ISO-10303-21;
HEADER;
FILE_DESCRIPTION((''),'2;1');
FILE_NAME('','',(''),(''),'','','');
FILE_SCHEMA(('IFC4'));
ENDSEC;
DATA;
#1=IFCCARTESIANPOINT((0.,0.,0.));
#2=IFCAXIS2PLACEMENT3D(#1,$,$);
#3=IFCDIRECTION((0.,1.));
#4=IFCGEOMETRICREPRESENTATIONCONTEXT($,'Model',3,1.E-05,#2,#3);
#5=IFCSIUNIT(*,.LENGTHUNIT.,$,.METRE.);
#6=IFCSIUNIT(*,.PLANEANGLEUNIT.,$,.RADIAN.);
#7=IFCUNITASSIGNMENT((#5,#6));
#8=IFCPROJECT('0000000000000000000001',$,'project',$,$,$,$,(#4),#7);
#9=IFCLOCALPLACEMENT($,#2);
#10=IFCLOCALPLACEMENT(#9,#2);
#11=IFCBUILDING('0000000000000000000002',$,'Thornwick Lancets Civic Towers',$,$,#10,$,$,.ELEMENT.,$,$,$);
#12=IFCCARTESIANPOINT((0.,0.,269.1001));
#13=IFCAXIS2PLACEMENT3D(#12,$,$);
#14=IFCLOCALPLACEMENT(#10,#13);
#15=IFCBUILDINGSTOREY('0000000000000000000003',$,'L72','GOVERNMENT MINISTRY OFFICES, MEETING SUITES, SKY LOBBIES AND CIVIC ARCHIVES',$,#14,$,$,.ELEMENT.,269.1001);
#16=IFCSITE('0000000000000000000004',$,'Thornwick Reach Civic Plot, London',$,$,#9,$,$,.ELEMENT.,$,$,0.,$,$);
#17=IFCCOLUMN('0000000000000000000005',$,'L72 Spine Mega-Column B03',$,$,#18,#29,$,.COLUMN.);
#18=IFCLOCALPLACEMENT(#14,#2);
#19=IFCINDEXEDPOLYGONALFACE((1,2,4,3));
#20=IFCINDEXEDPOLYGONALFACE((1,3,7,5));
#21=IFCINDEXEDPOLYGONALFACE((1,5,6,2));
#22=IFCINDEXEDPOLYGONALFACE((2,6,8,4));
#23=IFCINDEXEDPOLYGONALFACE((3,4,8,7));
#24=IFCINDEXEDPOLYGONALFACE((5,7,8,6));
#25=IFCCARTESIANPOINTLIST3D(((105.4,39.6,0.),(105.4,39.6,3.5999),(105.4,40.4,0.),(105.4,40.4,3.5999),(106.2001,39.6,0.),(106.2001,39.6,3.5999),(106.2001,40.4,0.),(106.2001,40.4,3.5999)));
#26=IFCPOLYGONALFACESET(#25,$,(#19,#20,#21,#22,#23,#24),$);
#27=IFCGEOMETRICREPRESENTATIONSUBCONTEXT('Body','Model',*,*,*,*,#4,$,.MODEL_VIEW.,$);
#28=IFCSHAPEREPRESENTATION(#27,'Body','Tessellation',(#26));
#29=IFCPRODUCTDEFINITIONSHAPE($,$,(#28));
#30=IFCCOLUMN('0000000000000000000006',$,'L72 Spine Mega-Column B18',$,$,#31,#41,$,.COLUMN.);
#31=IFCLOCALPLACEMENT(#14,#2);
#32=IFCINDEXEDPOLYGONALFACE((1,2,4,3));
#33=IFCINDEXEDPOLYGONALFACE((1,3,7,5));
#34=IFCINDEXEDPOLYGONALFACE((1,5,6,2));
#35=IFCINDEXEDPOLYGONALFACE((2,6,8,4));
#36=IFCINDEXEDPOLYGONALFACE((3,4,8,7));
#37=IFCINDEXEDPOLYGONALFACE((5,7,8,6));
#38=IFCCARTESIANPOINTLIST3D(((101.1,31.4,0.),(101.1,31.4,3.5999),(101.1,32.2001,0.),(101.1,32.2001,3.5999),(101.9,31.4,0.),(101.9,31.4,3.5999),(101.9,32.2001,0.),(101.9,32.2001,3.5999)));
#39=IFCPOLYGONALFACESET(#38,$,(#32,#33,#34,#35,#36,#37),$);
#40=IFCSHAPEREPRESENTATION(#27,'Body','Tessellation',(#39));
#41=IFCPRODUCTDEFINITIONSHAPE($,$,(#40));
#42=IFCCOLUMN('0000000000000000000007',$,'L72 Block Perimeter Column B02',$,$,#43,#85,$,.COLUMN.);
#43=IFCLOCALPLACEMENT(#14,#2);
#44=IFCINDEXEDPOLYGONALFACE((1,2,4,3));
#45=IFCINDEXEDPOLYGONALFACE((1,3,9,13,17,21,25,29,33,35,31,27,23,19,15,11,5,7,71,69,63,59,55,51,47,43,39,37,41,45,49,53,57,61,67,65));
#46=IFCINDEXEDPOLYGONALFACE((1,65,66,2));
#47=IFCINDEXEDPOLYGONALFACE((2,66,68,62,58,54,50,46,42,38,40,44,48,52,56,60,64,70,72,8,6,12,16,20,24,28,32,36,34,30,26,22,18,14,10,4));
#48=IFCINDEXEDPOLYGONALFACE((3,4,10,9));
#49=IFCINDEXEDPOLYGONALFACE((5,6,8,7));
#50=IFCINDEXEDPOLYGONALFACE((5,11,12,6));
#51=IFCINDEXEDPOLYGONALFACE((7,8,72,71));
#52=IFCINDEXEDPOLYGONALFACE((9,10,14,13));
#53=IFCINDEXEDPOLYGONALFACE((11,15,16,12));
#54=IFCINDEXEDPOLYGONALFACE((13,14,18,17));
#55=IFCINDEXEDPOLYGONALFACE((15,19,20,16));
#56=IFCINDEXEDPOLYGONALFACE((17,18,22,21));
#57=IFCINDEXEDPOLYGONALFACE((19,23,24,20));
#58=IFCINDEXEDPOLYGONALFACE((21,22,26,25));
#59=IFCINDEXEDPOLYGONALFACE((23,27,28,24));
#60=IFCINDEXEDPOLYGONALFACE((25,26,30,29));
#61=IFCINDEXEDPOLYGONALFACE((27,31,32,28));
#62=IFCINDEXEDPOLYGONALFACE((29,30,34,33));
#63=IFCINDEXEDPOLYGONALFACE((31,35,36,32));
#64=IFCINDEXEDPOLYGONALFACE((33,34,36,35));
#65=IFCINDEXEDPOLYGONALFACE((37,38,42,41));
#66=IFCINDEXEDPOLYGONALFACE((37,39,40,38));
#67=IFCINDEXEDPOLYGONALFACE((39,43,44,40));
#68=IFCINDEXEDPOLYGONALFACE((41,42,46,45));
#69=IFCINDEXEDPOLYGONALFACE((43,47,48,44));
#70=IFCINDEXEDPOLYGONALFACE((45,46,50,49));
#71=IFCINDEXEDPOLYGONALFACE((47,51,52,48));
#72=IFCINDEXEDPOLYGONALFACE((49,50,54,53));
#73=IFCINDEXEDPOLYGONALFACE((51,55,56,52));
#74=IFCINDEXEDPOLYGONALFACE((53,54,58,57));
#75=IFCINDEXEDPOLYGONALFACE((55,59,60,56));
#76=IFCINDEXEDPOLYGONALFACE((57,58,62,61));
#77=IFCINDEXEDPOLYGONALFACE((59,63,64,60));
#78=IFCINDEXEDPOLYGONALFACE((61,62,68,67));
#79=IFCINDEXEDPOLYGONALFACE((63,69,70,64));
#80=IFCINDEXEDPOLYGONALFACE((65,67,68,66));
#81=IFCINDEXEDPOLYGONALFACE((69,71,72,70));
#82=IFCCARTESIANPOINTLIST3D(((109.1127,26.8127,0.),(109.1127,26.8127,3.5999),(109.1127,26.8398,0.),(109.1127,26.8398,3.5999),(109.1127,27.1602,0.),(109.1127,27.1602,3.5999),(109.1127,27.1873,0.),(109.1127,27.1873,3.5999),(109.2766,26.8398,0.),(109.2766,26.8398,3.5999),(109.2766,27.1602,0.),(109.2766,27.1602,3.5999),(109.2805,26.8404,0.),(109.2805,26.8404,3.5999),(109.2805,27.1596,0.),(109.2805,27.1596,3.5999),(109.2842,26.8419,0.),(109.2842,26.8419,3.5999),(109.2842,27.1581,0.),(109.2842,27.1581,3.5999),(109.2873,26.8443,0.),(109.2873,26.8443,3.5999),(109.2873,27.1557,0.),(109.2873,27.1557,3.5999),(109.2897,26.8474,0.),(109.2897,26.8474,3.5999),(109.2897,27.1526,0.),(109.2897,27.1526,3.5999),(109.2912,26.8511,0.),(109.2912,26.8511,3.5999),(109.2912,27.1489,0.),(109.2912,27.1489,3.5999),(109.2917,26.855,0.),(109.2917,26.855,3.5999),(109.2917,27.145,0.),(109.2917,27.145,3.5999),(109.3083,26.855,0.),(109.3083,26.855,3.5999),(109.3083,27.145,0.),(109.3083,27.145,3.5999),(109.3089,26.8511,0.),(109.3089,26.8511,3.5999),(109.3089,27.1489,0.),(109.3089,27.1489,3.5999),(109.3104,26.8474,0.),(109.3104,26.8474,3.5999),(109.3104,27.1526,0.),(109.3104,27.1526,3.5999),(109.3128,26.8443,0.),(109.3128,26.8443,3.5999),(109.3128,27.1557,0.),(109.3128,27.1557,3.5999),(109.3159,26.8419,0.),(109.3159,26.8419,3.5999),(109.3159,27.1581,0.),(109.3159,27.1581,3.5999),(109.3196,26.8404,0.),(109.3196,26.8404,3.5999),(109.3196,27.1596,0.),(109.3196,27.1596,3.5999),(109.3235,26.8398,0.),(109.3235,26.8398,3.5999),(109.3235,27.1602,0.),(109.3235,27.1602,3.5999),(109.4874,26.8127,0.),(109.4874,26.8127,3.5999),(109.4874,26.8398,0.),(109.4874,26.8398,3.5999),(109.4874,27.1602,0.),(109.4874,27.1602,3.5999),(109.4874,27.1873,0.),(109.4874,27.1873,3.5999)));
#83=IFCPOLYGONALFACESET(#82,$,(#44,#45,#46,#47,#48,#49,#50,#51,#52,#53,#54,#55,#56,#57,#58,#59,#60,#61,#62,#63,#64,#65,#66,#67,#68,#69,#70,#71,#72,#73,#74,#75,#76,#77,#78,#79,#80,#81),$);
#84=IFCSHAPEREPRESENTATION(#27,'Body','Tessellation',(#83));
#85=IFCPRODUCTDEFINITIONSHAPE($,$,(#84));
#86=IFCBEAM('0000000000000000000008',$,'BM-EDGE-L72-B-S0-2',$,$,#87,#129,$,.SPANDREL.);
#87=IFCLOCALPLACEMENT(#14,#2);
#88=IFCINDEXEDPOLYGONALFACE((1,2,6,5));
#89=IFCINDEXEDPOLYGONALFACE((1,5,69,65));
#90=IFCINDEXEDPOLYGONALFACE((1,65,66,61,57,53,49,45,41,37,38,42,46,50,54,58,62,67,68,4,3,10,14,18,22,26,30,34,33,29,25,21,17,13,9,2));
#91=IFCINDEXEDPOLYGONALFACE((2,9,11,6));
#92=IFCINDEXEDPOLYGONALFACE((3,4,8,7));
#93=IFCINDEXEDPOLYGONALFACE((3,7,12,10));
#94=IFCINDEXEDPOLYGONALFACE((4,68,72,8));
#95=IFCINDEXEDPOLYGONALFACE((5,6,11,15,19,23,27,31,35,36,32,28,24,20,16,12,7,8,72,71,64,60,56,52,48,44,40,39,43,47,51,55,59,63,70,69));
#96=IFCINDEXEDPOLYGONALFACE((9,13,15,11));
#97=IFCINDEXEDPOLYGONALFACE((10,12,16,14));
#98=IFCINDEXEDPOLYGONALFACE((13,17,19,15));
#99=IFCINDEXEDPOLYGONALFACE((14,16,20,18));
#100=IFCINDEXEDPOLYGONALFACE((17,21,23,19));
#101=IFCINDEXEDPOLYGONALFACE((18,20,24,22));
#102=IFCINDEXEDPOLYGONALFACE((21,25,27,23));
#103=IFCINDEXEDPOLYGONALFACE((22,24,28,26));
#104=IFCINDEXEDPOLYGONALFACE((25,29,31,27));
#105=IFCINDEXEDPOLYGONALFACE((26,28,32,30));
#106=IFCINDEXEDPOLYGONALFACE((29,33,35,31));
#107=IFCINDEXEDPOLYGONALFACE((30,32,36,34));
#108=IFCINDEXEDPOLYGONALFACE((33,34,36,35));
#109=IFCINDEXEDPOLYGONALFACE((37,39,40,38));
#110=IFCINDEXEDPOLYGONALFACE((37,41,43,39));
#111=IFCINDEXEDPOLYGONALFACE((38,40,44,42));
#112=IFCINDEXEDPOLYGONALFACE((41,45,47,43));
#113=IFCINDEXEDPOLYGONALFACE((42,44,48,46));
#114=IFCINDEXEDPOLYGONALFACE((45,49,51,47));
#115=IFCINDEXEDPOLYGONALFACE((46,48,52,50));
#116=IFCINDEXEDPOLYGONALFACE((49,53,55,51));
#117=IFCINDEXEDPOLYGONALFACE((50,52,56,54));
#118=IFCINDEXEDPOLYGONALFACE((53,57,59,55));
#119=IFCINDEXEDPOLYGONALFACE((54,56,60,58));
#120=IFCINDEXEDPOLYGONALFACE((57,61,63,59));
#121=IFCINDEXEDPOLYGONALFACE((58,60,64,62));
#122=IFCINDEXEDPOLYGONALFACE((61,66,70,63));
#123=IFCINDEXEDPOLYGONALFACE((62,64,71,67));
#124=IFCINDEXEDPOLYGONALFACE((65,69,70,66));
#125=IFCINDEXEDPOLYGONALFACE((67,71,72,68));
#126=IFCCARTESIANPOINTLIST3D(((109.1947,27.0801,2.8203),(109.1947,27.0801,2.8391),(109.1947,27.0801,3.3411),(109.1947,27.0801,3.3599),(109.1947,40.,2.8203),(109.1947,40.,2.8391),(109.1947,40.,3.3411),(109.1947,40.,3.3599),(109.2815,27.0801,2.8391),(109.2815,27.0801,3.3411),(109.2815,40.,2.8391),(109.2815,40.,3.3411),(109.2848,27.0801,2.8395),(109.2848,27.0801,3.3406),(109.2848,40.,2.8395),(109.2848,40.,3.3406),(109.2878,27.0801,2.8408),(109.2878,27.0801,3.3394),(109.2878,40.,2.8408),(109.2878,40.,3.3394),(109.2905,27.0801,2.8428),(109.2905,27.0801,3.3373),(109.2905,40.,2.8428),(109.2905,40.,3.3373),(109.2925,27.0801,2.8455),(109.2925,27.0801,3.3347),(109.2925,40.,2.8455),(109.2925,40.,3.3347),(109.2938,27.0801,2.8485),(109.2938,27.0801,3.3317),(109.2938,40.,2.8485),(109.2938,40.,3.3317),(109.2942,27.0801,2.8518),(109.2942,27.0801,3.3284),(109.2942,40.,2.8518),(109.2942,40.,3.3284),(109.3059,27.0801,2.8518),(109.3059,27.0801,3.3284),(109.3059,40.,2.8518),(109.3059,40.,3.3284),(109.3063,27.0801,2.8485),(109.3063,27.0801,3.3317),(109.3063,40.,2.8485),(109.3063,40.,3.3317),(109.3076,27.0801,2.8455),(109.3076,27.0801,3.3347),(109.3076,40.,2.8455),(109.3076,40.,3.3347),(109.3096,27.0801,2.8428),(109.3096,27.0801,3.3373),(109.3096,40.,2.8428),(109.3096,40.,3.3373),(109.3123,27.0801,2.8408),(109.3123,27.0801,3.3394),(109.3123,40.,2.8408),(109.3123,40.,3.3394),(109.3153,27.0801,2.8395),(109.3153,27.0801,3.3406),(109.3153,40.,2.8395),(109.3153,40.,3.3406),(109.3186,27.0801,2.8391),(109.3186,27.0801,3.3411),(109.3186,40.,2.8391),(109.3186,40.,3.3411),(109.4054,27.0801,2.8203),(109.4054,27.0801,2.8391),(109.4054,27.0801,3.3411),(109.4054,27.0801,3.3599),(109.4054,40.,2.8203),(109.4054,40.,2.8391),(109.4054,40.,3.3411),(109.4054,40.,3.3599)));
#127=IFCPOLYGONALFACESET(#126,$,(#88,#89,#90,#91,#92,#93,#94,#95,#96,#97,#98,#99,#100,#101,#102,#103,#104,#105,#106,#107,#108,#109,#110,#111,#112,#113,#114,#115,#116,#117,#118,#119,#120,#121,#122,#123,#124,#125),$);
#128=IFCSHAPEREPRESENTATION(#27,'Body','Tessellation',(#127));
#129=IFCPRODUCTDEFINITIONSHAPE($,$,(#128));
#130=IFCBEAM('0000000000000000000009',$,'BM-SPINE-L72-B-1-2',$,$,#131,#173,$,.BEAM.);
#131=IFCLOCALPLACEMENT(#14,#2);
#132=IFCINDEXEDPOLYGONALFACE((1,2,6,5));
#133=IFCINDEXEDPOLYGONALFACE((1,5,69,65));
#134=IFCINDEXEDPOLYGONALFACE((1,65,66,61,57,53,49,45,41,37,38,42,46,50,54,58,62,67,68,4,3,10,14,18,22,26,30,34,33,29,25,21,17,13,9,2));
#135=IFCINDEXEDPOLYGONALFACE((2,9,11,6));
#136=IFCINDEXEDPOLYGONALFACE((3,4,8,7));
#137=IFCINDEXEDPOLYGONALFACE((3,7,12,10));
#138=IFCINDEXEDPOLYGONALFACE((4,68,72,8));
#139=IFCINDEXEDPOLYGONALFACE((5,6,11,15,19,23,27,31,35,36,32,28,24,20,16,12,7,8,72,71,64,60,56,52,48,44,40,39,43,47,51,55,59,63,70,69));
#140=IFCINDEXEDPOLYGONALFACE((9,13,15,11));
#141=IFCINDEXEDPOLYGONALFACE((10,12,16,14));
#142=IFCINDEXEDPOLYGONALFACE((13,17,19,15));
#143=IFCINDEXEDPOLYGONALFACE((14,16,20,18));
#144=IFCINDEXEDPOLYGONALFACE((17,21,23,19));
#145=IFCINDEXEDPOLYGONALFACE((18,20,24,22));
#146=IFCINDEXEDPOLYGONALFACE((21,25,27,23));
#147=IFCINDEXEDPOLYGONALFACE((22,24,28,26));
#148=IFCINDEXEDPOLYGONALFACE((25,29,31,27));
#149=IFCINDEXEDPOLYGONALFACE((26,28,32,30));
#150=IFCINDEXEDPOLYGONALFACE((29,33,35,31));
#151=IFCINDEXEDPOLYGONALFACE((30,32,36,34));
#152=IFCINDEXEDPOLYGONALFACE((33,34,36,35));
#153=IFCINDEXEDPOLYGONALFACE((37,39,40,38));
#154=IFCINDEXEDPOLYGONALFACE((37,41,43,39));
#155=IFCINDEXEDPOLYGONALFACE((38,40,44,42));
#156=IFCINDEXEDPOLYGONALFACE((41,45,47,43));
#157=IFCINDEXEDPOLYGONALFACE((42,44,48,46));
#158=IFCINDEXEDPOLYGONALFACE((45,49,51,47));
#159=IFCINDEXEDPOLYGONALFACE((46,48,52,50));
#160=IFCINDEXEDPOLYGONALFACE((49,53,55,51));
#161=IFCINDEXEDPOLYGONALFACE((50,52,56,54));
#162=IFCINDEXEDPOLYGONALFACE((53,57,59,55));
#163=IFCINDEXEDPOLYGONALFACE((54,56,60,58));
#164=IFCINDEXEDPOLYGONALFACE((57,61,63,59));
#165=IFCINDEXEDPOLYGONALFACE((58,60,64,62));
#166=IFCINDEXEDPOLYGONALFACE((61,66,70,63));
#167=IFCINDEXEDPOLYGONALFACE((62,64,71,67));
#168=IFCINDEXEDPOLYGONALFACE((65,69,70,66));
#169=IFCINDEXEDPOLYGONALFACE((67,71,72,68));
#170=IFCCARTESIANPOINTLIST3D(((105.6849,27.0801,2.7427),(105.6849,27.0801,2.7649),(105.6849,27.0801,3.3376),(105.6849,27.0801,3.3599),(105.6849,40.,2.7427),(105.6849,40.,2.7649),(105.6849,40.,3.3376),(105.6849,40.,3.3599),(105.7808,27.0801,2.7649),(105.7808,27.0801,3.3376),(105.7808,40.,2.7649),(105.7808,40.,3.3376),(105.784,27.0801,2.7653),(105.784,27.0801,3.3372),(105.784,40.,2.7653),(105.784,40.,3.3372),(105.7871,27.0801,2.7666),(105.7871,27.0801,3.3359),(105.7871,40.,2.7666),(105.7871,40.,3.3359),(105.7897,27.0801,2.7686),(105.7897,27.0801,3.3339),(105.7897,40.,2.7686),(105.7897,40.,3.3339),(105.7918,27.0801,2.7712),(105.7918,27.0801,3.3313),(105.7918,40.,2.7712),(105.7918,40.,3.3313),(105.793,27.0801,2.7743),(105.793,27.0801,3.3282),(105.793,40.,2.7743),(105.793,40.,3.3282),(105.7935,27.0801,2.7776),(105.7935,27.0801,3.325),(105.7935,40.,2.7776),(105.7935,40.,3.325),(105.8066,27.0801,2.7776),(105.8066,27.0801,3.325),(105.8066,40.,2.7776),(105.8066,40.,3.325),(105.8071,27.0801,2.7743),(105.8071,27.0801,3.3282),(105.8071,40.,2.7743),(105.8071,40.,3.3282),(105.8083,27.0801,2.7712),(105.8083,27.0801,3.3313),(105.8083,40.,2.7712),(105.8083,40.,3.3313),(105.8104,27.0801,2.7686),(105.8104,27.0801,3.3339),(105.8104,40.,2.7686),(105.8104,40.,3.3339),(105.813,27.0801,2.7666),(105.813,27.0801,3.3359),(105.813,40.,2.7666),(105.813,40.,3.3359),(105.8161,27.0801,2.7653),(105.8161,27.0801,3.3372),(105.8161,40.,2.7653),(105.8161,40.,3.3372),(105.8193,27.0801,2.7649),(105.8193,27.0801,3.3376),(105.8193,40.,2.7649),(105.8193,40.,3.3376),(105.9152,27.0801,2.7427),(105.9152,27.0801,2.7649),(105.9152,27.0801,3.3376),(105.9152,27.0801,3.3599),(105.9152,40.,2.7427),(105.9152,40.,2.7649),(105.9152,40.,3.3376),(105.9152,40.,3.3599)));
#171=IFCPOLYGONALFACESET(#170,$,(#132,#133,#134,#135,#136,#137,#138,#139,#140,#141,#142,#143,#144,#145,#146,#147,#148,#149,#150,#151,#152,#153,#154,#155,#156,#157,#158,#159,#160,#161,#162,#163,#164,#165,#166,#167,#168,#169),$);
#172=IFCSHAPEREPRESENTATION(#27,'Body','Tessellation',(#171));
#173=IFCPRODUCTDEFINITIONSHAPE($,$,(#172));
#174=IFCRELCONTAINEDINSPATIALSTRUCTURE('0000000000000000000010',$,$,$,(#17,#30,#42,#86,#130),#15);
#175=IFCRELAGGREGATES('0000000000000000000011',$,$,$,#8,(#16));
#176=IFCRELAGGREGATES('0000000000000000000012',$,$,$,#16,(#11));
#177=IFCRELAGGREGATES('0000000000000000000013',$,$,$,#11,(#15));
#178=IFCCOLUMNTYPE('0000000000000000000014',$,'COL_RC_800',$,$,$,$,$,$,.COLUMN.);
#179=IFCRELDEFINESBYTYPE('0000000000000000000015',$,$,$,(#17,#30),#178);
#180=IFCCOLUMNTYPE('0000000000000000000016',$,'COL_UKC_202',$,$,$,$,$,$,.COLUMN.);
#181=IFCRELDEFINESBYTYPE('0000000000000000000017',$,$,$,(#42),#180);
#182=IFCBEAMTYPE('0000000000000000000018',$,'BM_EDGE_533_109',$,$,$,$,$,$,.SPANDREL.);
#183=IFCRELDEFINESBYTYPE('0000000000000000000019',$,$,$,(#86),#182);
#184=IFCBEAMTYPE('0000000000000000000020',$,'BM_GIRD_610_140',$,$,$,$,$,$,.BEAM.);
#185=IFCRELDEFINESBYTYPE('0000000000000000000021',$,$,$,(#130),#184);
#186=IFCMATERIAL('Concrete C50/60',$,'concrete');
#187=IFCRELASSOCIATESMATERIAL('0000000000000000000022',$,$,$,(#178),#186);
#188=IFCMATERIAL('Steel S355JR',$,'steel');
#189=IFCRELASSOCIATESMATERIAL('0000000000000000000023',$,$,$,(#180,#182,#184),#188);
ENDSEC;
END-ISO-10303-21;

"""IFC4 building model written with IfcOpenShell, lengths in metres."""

from ifc_helpers import new_model, si_unit, direction, frame, origin, origin_2d, place, context, subcontext, project, spatial, rectangle, i_section, extrude, material, material_profile, profile_set, type_object, element, save


model = new_model("IFC4")

# Units and contexts
model_context = context("Model", 3, precision=1e-05, world=origin(), true_north=direction((0.0, 1.0)))
body_context = subcontext(model_context, "Body", "Model", "MODEL_VIEW")
ifc_project = project(units=[si_unit("LENGTHUNIT", "METRE"), si_unit("PLANEANGLEUNIT", "RADIAN")], contexts=[model_context])

# Site, building, storey
site_placement = place(None, origin())
site = spatial("IfcSite", under=ifc_project, at=site_placement, Name="Thornwick Reach Civic Plot, London", CompositionType="ELEMENT", RefElevation=0.0)
building_placement = place(site_placement, origin())
building = spatial("IfcBuilding", under=site, at=building_placement, Name="Thornwick Lancets Civic Towers", CompositionType="ELEMENT")
storey_placement = place(building_placement, frame((0.0, 0.0, 269.1001)))
storey = spatial("IfcBuildingStorey", under=building, at=storey_placement, Name="L72", Description="GOVERNMENT MINISTRY OFFICES, MEETING SUITES, SKY LOBBIES AND CIVIC ARCHIVES", CompositionType="ELEMENT", Elevation=269.1001)

# Columns
ifc_material_1 = material(Name="Concrete C50/60", Category="concrete")
ifc_material_profile_1 = material_profile(ifc_material_1, rectangle(XDim=0.8, YDim=0.8, at=origin_2d()), Name="RC 800x800")
ifc_profile_set_1 = profile_set([ifc_material_profile_1], Name="Concrete C50/60")
column_type_1 = type_object("IfcColumnType", Name="COL_RC_800", PredefinedType="COLUMN", material=ifc_profile_set_1)
for number, where, z_axis, x_axis, name in (
    (1, (105.8, 40.0, 0.0), (0.0, 0.0, 1.0), (1.0, 0.0, 0.0), "L72 Spine Mega-Column B03"),
    (2, (101.5, 31.8, 0.0), (0.0, 0.0, 1.0), (1.0, 0.0, 0.0), "L72 Spine Mega-Column B18"),
):
    element("IfcColumn", number, at=place(storey_placement, frame(where, z_axis=z_axis, x_axis=x_axis)), inside=storey, type_object=column_type_1, Name=name, PredefinedType="COLUMN", context=body_context, shape_type="SweptSolid", body=[
        extrude(rectangle(XDim=0.8, YDim=0.8, at=origin_2d()), origin(), (0.0, 0.0, 1.0), 3.5999),
    ])
ifc_material_2 = material(Name="Steel S355JR", Category="steel")
ifc_material_profile_2 = material_profile(ifc_material_2, i_section(OverallWidth=0.3748, OverallDepth=0.3745, WebThickness=0.0166, FlangeThickness=0.0271, FilletRadius=0.0151, at=origin_2d()), Name="UKC 356x368x202")
ifc_profile_set_2 = profile_set([ifc_material_profile_2], Name="Steel S355JR")
column_type_2 = type_object("IfcColumnType", Name="COL_UKC_202", PredefinedType="COLUMN", material=ifc_profile_set_2)
column_placement = place(storey_placement, frame((109.3, 27.0, 0.0), z_axis=(0.0, 0.0, 1.0), x_axis=(1.0, 0.0, 0.0)))
element("IfcColumn", 3, at=column_placement, inside=storey, type_object=column_type_2, Name="L72 Block Perimeter Column B02", PredefinedType="COLUMN", context=body_context, shape_type="SweptSolid", body=[
    extrude(i_section(OverallWidth=0.3748, OverallDepth=0.3745, WebThickness=0.0166, FlangeThickness=0.0271, FilletRadius=0.0151, at=origin_2d()), origin(), (0.0, 0.0, 1.0), 3.5999),
])

# Beams
ifc_material_profile_3 = material_profile(ifc_material_2, i_section(OverallWidth=0.2107, OverallDepth=0.5396, WebThickness=0.0117, FlangeThickness=0.0188, FilletRadius=0.0127, at=origin_2d()), Name="UKB 533x210x109")
ifc_profile_set_3 = profile_set([ifc_material_profile_3], Name="Steel S355JR")
beam_type_1 = type_object("IfcBeamType", Name="BM_EDGE_533_109", PredefinedType="SPANDREL", material=ifc_profile_set_3)
beam_1_placement = place(storey_placement, frame((109.3, 27.0801, 3.0901), z_axis=(0.0, 1.0, 0.0), x_axis=(-1.0, 0.0, 0.0)))
element("IfcBeam", 4, at=beam_1_placement, inside=storey, type_object=beam_type_1, Name="BM-EDGE-L72-B-S0-2", PredefinedType="SPANDREL", context=body_context, shape_type="SweptSolid", body=[
    extrude(i_section(OverallWidth=0.2107, OverallDepth=0.5396, WebThickness=0.0117, FlangeThickness=0.0188, FilletRadius=0.0127, at=origin_2d()), origin(), (0.0, 0.0, 1.0), 12.9199),
])
ifc_material_profile_4 = material_profile(ifc_material_2, i_section(OverallWidth=0.2302, OverallDepth=0.6172, WebThickness=0.0132, FlangeThickness=0.0222, FilletRadius=0.0127, at=origin_2d()), Name="UKB 610x229x140")
ifc_profile_set_4 = profile_set([ifc_material_profile_4], Name="Steel S355JR")
beam_type_2 = type_object("IfcBeamType", Name="BM_GIRD_610_140", PredefinedType="BEAM", material=ifc_profile_set_4)
beam_2_placement = place(storey_placement, frame((105.8, 27.0801, 3.0513), z_axis=(0.0, 1.0, 0.0), x_axis=(-1.0, 0.0, 0.0)))
element("IfcBeam", 5, at=beam_2_placement, inside=storey, type_object=beam_type_2, Name="BM-SPINE-L72-B-1-2", PredefinedType="BEAM", context=body_context, shape_type="SweptSolid", body=[
    extrude(i_section(OverallWidth=0.2302, OverallDepth=0.6172, WebThickness=0.0132, FlangeThickness=0.0222, FilletRadius=0.0127, at=origin_2d()), origin(), (0.0, 0.0, 1.0), 12.9199),
])

save(model, "model.ifc")
